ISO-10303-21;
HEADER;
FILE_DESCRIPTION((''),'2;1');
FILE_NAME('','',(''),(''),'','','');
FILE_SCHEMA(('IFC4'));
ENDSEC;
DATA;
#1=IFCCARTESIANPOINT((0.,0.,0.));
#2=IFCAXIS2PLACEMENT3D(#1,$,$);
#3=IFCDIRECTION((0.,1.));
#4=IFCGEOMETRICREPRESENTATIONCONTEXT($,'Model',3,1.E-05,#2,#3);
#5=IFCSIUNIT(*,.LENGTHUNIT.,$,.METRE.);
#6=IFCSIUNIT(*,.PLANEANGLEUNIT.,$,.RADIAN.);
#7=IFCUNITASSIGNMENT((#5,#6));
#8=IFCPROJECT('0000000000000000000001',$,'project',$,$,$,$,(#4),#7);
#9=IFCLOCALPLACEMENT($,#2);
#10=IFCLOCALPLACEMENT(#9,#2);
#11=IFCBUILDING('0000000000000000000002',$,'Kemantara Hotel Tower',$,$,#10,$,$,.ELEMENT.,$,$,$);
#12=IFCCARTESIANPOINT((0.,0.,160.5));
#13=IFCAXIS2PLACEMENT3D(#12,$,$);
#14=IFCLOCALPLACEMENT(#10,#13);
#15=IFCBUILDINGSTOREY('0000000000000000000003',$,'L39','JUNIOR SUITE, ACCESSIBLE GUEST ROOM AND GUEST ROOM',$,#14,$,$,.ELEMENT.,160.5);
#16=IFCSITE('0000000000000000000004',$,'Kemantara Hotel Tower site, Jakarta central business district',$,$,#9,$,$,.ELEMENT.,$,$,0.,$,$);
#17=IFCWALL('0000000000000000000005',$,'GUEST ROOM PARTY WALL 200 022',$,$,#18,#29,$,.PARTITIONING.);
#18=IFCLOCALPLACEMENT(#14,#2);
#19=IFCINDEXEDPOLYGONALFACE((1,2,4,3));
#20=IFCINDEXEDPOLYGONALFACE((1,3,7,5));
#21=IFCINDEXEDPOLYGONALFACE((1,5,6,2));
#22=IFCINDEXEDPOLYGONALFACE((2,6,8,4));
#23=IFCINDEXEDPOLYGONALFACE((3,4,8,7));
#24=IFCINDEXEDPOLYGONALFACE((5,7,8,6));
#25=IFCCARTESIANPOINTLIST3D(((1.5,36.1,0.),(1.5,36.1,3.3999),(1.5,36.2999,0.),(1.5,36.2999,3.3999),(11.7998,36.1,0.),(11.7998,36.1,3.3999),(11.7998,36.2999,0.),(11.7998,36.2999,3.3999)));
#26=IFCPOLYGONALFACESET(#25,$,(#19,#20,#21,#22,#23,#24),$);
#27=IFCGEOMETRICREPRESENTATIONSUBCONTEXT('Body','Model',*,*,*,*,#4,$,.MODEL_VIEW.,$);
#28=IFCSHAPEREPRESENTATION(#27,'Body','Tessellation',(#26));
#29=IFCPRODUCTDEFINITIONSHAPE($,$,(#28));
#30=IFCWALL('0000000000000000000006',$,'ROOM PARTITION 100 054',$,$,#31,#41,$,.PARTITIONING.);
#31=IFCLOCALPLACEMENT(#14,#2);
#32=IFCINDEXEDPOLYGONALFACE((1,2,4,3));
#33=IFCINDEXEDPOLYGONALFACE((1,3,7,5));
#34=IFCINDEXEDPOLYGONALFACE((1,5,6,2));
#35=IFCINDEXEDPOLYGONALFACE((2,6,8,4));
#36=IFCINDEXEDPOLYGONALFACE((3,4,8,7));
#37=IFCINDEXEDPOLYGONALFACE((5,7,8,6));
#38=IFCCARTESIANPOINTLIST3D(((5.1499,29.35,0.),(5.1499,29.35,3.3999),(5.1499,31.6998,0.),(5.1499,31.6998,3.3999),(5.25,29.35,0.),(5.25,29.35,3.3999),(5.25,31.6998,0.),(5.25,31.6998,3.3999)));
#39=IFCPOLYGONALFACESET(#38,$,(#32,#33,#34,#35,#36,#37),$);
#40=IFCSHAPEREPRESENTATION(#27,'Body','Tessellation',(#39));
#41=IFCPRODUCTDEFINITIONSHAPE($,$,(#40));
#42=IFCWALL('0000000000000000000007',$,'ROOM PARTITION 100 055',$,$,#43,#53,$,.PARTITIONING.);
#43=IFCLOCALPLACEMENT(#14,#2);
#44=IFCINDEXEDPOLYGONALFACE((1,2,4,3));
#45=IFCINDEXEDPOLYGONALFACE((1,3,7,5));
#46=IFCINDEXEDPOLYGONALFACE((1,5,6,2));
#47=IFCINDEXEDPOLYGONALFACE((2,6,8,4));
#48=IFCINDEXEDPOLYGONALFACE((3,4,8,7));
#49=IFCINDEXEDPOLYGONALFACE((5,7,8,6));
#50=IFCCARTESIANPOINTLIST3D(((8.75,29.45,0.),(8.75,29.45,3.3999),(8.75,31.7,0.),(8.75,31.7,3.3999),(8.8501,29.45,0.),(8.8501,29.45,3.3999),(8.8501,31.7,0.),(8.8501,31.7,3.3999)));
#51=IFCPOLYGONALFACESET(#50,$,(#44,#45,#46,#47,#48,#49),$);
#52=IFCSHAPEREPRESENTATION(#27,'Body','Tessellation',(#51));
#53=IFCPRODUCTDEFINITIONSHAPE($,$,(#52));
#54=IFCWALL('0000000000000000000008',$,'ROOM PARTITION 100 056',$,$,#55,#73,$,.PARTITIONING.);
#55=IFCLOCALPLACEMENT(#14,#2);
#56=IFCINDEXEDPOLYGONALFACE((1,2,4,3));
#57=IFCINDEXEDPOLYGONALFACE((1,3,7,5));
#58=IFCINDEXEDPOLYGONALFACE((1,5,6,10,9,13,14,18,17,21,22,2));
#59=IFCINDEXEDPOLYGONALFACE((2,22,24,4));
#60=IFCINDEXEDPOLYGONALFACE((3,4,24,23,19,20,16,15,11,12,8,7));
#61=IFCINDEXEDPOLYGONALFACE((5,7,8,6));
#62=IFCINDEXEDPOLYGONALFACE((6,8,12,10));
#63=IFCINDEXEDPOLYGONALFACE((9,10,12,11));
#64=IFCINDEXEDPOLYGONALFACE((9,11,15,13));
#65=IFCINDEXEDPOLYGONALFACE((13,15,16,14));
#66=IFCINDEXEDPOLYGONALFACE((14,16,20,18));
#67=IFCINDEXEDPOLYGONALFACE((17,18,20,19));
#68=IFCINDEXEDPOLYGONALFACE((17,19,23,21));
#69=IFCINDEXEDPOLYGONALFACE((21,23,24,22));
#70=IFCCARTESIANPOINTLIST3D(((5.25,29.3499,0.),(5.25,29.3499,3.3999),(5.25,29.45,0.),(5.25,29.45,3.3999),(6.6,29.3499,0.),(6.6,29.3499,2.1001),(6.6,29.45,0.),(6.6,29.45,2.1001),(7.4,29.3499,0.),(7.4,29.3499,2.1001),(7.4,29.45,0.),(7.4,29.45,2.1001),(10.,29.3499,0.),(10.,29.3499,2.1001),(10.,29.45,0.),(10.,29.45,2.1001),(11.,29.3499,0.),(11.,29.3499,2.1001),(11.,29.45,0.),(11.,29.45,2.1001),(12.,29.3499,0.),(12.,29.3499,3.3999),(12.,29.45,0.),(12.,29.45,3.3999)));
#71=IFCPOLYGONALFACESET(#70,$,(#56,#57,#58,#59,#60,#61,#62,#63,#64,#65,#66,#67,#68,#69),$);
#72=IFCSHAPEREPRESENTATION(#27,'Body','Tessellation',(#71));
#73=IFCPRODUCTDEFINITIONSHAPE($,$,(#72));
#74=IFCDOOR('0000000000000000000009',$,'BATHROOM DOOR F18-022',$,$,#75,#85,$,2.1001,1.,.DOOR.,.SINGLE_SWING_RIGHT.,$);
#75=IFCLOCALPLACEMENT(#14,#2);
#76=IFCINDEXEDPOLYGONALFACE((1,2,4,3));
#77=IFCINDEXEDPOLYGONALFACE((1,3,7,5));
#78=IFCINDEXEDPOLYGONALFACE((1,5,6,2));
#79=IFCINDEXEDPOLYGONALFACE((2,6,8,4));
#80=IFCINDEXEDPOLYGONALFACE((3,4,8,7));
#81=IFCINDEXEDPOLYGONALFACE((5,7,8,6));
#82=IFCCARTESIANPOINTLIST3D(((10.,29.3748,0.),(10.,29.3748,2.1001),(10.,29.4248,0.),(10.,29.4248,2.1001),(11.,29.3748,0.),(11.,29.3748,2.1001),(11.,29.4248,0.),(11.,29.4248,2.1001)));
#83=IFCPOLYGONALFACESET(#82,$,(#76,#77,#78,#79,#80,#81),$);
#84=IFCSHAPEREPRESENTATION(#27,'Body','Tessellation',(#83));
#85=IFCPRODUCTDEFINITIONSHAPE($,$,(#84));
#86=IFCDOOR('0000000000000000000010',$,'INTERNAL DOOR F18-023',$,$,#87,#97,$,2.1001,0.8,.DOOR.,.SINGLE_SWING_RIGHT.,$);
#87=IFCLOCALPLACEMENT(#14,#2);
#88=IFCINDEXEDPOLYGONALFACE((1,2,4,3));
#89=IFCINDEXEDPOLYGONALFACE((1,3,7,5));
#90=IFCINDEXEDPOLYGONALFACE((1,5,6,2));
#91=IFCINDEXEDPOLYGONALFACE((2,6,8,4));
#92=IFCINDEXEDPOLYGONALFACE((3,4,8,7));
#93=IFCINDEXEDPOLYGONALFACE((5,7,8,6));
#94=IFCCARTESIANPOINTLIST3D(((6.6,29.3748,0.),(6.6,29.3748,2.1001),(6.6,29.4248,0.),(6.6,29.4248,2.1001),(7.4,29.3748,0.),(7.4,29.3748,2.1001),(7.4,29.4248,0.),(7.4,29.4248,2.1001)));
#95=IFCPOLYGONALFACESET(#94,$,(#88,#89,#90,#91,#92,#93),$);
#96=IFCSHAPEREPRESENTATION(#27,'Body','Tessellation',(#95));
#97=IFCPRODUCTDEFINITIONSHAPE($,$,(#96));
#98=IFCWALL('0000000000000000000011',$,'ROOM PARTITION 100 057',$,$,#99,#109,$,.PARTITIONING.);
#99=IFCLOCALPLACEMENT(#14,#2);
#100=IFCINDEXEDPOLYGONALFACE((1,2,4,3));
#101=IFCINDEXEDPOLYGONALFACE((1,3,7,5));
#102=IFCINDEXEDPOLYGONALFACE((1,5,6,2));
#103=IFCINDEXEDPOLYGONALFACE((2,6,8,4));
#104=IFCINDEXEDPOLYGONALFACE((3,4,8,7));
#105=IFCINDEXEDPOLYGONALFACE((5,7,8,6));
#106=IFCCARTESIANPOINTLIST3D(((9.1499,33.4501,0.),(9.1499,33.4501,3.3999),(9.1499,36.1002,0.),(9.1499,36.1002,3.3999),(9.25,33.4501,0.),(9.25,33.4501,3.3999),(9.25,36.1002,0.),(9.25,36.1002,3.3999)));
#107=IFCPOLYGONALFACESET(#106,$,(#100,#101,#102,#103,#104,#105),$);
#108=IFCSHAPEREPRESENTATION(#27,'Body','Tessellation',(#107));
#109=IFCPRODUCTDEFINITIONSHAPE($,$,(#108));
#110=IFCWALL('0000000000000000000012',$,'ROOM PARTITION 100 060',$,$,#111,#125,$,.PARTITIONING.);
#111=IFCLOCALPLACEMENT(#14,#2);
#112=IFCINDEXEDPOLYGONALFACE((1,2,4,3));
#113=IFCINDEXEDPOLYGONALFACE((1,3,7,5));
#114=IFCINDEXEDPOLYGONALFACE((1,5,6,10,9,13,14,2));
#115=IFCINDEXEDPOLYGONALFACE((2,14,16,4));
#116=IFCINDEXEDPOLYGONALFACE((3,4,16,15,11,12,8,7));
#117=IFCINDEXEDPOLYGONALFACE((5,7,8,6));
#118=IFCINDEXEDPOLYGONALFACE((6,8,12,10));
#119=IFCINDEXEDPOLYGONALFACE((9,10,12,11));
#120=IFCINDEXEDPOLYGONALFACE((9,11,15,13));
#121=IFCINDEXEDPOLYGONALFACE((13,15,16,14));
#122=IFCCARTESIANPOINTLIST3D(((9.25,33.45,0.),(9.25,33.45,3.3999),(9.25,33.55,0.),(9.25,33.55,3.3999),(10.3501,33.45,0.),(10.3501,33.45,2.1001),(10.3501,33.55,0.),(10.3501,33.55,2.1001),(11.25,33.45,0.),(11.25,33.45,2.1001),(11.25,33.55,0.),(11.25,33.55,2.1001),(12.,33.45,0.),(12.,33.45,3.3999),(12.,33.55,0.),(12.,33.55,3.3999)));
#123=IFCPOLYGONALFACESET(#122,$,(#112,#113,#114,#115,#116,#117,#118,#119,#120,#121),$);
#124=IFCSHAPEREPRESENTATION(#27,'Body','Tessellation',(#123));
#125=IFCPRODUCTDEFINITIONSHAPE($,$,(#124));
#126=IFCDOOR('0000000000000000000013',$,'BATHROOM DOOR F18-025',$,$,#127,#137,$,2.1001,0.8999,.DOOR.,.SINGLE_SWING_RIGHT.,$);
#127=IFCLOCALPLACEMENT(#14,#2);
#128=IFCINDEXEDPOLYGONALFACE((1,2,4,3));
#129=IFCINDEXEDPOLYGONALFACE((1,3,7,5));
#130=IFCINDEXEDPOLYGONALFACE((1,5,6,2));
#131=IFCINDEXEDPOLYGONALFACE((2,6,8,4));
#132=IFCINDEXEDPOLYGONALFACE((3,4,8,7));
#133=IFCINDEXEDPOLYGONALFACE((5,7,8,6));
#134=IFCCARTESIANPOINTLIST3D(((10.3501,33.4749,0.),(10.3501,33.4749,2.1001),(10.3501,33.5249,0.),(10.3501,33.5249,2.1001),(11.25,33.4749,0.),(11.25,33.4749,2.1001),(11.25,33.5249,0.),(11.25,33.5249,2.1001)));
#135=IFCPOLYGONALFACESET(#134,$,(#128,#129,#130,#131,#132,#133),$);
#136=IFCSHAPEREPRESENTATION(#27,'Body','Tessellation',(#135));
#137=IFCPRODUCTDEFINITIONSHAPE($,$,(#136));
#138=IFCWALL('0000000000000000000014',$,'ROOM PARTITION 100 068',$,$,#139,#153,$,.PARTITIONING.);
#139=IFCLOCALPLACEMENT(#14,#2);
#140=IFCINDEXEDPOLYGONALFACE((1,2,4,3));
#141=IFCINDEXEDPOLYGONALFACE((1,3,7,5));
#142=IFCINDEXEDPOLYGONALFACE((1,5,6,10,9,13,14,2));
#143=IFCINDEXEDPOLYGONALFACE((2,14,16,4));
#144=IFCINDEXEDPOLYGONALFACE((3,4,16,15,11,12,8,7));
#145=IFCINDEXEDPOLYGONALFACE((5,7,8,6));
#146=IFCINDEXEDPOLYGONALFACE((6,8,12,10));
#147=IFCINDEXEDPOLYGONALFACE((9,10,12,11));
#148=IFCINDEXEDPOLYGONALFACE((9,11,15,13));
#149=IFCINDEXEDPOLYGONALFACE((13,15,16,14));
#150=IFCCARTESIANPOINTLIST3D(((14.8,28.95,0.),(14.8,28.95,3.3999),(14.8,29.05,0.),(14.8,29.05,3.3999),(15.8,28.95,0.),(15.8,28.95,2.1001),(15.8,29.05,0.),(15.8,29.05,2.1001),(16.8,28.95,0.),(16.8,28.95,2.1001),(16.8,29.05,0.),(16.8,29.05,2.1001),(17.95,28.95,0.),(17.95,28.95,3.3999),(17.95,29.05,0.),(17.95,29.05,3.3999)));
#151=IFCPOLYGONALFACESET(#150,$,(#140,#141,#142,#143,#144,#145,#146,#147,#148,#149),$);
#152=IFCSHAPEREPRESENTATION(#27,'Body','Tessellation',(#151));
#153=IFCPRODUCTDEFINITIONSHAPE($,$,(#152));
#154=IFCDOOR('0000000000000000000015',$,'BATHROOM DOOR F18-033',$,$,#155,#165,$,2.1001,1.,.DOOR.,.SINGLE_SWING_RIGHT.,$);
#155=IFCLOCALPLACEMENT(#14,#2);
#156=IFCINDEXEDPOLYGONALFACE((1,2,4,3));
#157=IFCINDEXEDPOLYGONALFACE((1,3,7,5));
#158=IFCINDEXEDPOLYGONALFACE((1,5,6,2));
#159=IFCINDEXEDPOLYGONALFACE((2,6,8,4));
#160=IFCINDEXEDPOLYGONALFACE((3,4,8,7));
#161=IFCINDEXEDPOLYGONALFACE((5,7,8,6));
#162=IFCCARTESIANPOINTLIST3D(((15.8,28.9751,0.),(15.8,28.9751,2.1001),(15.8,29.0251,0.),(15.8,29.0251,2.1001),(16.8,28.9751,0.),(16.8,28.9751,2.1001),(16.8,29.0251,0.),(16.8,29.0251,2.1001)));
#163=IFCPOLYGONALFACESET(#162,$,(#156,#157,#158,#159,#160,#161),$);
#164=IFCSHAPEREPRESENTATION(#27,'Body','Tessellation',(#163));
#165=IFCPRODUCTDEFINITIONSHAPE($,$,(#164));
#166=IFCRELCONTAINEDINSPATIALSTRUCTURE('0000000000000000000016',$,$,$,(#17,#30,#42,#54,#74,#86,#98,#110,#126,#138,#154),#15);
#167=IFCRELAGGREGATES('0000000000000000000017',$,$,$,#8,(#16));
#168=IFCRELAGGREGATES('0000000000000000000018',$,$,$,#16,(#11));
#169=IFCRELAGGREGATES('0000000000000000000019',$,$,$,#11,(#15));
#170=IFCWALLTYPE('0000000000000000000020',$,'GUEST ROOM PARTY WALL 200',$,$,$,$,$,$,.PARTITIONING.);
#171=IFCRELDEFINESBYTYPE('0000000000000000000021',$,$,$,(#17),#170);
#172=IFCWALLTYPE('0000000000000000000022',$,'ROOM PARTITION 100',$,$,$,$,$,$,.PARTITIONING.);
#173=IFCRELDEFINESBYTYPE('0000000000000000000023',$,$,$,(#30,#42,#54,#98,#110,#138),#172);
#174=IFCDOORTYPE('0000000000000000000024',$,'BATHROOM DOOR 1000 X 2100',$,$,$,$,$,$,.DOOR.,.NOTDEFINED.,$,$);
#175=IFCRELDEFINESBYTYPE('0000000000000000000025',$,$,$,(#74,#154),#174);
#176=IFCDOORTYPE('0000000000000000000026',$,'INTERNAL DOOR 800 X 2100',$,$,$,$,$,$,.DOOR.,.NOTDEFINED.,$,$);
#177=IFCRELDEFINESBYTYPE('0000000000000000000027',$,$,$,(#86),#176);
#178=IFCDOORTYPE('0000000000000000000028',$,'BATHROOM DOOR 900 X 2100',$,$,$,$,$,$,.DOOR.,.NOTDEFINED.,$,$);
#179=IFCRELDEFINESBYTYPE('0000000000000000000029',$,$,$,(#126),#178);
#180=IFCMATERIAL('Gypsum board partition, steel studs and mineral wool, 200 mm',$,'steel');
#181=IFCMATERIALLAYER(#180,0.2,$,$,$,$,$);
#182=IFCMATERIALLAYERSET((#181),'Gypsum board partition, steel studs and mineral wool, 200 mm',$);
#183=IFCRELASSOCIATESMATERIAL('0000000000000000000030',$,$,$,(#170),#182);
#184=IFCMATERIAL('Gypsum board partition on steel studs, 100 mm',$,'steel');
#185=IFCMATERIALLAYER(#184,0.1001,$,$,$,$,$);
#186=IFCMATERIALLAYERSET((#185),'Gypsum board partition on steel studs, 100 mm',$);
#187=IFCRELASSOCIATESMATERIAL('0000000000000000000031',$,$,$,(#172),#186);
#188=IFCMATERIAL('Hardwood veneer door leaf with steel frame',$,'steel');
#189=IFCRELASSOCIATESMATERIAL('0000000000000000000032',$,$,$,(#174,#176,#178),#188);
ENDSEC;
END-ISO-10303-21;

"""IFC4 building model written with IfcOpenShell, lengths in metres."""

from ifc_helpers import new_model, si_unit, direction, frame, frame_2d, origin, place, context, subcontext, project, spatial, rectangle, extrude, material, layer, layer_set, type_object, element, fill, save


model = new_model("IFC4")

# Units and contexts
model_context = context("Model", 3, precision=1e-05, world=origin(), true_north=direction((0.0, 1.0)))
body_context = subcontext(model_context, "Body", "Model", "MODEL_VIEW")
ifc_project = project(units=[si_unit("LENGTHUNIT", "METRE"), si_unit("PLANEANGLEUNIT", "RADIAN")], contexts=[model_context])

# Site, building, storey
site_placement = place(None, origin())
site = spatial("IfcSite", under=ifc_project, at=site_placement, Name="Kemantara Hotel Tower site, Jakarta central business district", CompositionType="ELEMENT", RefElevation=0.0)
building_placement = place(site_placement, origin())
building = spatial("IfcBuilding", under=site, at=building_placement, Name="Kemantara Hotel Tower", CompositionType="ELEMENT")
storey_placement = place(building_placement, frame((0.0, 0.0, 160.5)))
storey = spatial("IfcBuildingStorey", under=building, at=storey_placement, Name="L39", Description="JUNIOR SUITE, ACCESSIBLE GUEST ROOM AND GUEST ROOM", CompositionType="ELEMENT", Elevation=160.5)

# Shared definitions
ifc_material_1 = material(Name="Gypsum board partition, steel studs and mineral wool, 200 mm", Category="steel")
ifc_material_2 = material(Name="Hardwood veneer door leaf with steel frame", Category="steel")

# Walls
ifc_layer_1 = layer(ifc_material_1, 0.2)
ifc_layer_set_1 = layer_set([ifc_layer_1], Name="Gypsum board partition, steel studs and mineral wool, 200 mm")
wall_type_1 = type_object("IfcWallType", Name="GUEST ROOM PARTY WALL 200", PredefinedType="PARTITIONING", material=ifc_layer_set_1)
wall_1_placement = place(storey_placement, frame((1.5, 36.2, 0.0), z_axis=(0.0, 0.0, 1.0), x_axis=(1.0, 0.0, 0.0)))
element("IfcWall", 1, at=wall_1_placement, inside=storey, type_object=wall_type_1, Name="GUEST ROOM PARTY WALL 200 022", PredefinedType="PARTITIONING", context=body_context, shape_type="SweptSolid", body=[
    extrude(rectangle(XDim=10.2998, YDim=0.2, at=frame_2d((5.1499, 0.0))), origin(), (0.0, 0.0, 1.0), 3.3999),
])
ifc_material_3 = material(Name="Gypsum board partition on steel studs, 100 mm", Category="steel")
ifc_layer_2 = layer(ifc_material_3, 0.1001)
ifc_layer_set_2 = layer_set([ifc_layer_2], Name="Gypsum board partition on steel studs, 100 mm")
wall_type_2 = type_object("IfcWallType", Name="ROOM PARTITION 100", PredefinedType="PARTITIONING", material=ifc_layer_set_2)
wall_2_placement = place(storey_placement, frame((5.2, 29.3501, 0.0), z_axis=(0.0, 0.0, 1.0), x_axis=(0.0, 1.0, 0.0)))
element("IfcWall", 2, at=wall_2_placement, inside=storey, type_object=wall_type_2, Name="ROOM PARTITION 100 054", PredefinedType="PARTITIONING", context=body_context, shape_type="SweptSolid", body=[
    extrude(rectangle(XDim=2.3499, YDim=0.1001, at=frame_2d((1.1748, 0.0))), origin(), (0.0, 0.0, 1.0), 3.3999),
])
wall_3_placement = place(storey_placement, frame((8.8, 29.45, 0.0), z_axis=(0.0, 0.0, 1.0), x_axis=(0.0, 1.0, 0.0)))
element("IfcWall", 3, at=wall_3_placement, inside=storey, type_object=wall_type_2, Name="ROOM PARTITION 100 055", PredefinedType="PARTITIONING", context=body_context, shape_type="SweptSolid", body=[
    extrude(rectangle(XDim=2.25, YDim=0.1001, at=frame_2d((1.125, 0.0))), origin(), (0.0, 0.0, 1.0), 3.3999),
])

# Wall, openings, doors
wall_4_placement = place(storey_placement, frame((5.25, 29.3999, 0.0), z_axis=(0.0, 0.0, 1.0), x_axis=(1.0, 0.0, 0.0)))
wall_4 = element("IfcWall", 4, at=wall_4_placement, inside=storey, type_object=wall_type_2, Name="ROOM PARTITION 100 056", PredefinedType="PARTITIONING", context=body_context, shape_type="SweptSolid", body=[
    extrude(rectangle(XDim=6.75, YDim=0.1001, at=frame_2d((3.375, 0.0))), origin(), (0.0, 0.0, 1.0), 3.3999),
])
opening_1_placement = place(wall_4_placement, frame((4.75, 0.0, 0.0)))
opening_1 = element("IfcOpeningElement", 5, at=opening_1_placement, cuts=wall_4, PredefinedType="OPENING", context=body_context, shape_type="SweptSolid", body=[
    extrude(rectangle(XDim=1.0, YDim=2.1001, at=frame_2d((0.5, 1.05))), frame((0.0, 0.0601, 0.0), z_axis=(0.0, -1.0, 0.0), x_axis=(1.0, 0.0, 0.0)), (0.0, 0.0, 1.0), 0.1201),
])
opening_2_placement = place(wall_4_placement, frame((1.3501, 0.0, 0.0)))
opening_2 = element("IfcOpeningElement", 6, at=opening_2_placement, cuts=wall_4, PredefinedType="OPENING", context=body_context, shape_type="SweptSolid", body=[
    extrude(rectangle(XDim=0.8, YDim=2.1001, at=frame_2d((0.3999, 1.05))), frame((0.0, 0.0601, 0.0), z_axis=(0.0, -1.0, 0.0), x_axis=(1.0, 0.0, 0.0)), (0.0, 0.0, 1.0), 0.1201),
])
door_type_1 = type_object("IfcDoorType", Name="BATHROOM DOOR 1000 X 2100", OperationType="NOTDEFINED", PredefinedType="DOOR", material=ifc_material_2)
door_1_placement = place(opening_1_placement, origin())
door_1 = element("IfcDoor", 7, at=door_1_placement, inside=storey, type_object=door_type_1, Name="BATHROOM DOOR F18-022", OperationType="SINGLE_SWING_RIGHT", OverallHeight=2.1001, OverallWidth=1.0, PredefinedType="DOOR", context=body_context, shape_type="SweptSolid", body=[
    extrude(rectangle(XDim=1.0, YDim=2.1001, at=frame_2d((0.5, 1.05))), frame((0.0, 0.0249, 0.0), z_axis=(0.0, -1.0, 0.0), x_axis=(1.0, 0.0, 0.0)), (0.0, 0.0, 1.0), 0.05),
])
fill(opening_1, door_1)
door_type_2 = type_object("IfcDoorType", Name="INTERNAL DOOR 800 X 2100", OperationType="NOTDEFINED", PredefinedType="DOOR", material=ifc_material_2)
door_2_placement = place(opening_2_placement, origin())
door_2 = element("IfcDoor", 8, at=door_2_placement, inside=storey, type_object=door_type_2, Name="INTERNAL DOOR F18-023", OperationType="SINGLE_SWING_RIGHT", OverallHeight=2.1001, OverallWidth=0.8, PredefinedType="DOOR", context=body_context, shape_type="SweptSolid", body=[
    extrude(rectangle(XDim=0.8, YDim=2.1001, at=frame_2d((0.3999, 1.05))), frame((0.0, 0.0249, 0.0), z_axis=(0.0, -1.0, 0.0), x_axis=(1.0, 0.0, 0.0)), (0.0, 0.0, 1.0), 0.05),
])
fill(opening_2, door_2)

# Wall
wall_5_placement = place(storey_placement, frame((9.2, 33.45, 0.0), z_axis=(0.0, 0.0, 1.0), x_axis=(0.0, 1.0, 0.0)))
element("IfcWall", 9, at=wall_5_placement, inside=storey, type_object=wall_type_2, Name="ROOM PARTITION 100 057", PredefinedType="PARTITIONING", context=body_context, shape_type="SweptSolid", body=[
    extrude(rectangle(XDim=2.6501, YDim=0.1001, at=frame_2d((1.3252, 0.0))), origin(), (0.0, 0.0, 1.0), 3.3999),
])

# Walls, openings, doors
wall_6_placement = place(storey_placement, frame((9.25, 33.5, 0.0), z_axis=(0.0, 0.0, 1.0), x_axis=(1.0, 0.0, 0.0)))
wall_6 = element("IfcWall", 10, at=wall_6_placement, inside=storey, type_object=wall_type_2, Name="ROOM PARTITION 100 060", PredefinedType="PARTITIONING", context=body_context, shape_type="SweptSolid", body=[
    extrude(rectangle(XDim=2.75, YDim=0.1001, at=frame_2d((1.375, 0.0))), origin(), (0.0, 0.0, 1.0), 3.3999),
])
opening_3_placement = place(wall_6_placement, frame((1.1001, 0.0, 0.0)))
opening_3 = element("IfcOpeningElement", 11, at=opening_3_placement, cuts=wall_6, PredefinedType="OPENING", context=body_context, shape_type="SweptSolid", body=[
    extrude(rectangle(XDim=0.8999, YDim=2.1001, at=frame_2d((0.45, 1.05))), frame((0.0, 0.0601, 0.0), z_axis=(0.0, -1.0, 0.0), x_axis=(1.0, 0.0, 0.0)), (0.0, 0.0, 1.0), 0.1201),
])
door_type_3 = type_object("IfcDoorType", Name="BATHROOM DOOR 900 X 2100", OperationType="NOTDEFINED", PredefinedType="DOOR", material=ifc_material_2)
door_3_placement = place(opening_3_placement, origin())
door_3 = element("IfcDoor", 12, at=door_3_placement, inside=storey, type_object=door_type_3, Name="BATHROOM DOOR F18-025", OperationType="SINGLE_SWING_RIGHT", OverallHeight=2.1001, OverallWidth=0.8999, PredefinedType="DOOR", context=body_context, shape_type="SweptSolid", body=[
    extrude(rectangle(XDim=0.8999, YDim=2.1001, at=frame_2d((0.45, 1.05))), frame((0.0, 0.0249, 0.0), z_axis=(0.0, -1.0, 0.0), x_axis=(1.0, 0.0, 0.0)), (0.0, 0.0, 1.0), 0.05),
])
fill(opening_3, door_3)
wall_7_placement = place(storey_placement, frame((17.95, 29.0, 0.0), z_axis=(0.0, 0.0, 1.0), x_axis=(-1.0, 0.0, 0.0)))
wall_7 = element("IfcWall", 13, at=wall_7_placement, inside=storey, type_object=wall_type_2, Name="ROOM PARTITION 100 068", PredefinedType="PARTITIONING", context=body_context, shape_type="SweptSolid", body=[
    extrude(rectangle(XDim=3.1499, YDim=0.1001, at=frame_2d((1.575, 0.0))), origin(), (0.0, 0.0, 1.0), 3.3999),
])
opening_4_placement = place(wall_7_placement, frame((1.1499, 0.0, 0.0)))
opening_4 = element("IfcOpeningElement", 14, at=opening_4_placement, cuts=wall_7, PredefinedType="OPENING", context=body_context, shape_type="SweptSolid", body=[
    extrude(rectangle(XDim=1.0, YDim=2.1001, at=frame_2d((0.5, 1.05))), frame((0.0, 0.0601, 0.0), z_axis=(0.0, -1.0, 0.0), x_axis=(1.0, 0.0, 0.0)), (0.0, 0.0, 1.0), 0.1201),
])
door_4_placement = place(opening_4_placement, origin())
door_4 = element("IfcDoor", 15, at=door_4_placement, inside=storey, type_object=door_type_1, Name="BATHROOM DOOR F18-033", OperationType="SINGLE_SWING_RIGHT", OverallHeight=2.1001, OverallWidth=1.0, PredefinedType="DOOR", context=body_context, shape_type="SweptSolid", body=[
    extrude(rectangle(XDim=1.0, YDim=2.1001, at=frame_2d((0.5, 1.05))), frame((0.0, 0.0249, 0.0), z_axis=(0.0, -1.0, 0.0), x_axis=(1.0, 0.0, 0.0)), (0.0, 0.0, 1.0), 0.05),
])
fill(opening_4, door_4)

save(model, "model.ifc")
